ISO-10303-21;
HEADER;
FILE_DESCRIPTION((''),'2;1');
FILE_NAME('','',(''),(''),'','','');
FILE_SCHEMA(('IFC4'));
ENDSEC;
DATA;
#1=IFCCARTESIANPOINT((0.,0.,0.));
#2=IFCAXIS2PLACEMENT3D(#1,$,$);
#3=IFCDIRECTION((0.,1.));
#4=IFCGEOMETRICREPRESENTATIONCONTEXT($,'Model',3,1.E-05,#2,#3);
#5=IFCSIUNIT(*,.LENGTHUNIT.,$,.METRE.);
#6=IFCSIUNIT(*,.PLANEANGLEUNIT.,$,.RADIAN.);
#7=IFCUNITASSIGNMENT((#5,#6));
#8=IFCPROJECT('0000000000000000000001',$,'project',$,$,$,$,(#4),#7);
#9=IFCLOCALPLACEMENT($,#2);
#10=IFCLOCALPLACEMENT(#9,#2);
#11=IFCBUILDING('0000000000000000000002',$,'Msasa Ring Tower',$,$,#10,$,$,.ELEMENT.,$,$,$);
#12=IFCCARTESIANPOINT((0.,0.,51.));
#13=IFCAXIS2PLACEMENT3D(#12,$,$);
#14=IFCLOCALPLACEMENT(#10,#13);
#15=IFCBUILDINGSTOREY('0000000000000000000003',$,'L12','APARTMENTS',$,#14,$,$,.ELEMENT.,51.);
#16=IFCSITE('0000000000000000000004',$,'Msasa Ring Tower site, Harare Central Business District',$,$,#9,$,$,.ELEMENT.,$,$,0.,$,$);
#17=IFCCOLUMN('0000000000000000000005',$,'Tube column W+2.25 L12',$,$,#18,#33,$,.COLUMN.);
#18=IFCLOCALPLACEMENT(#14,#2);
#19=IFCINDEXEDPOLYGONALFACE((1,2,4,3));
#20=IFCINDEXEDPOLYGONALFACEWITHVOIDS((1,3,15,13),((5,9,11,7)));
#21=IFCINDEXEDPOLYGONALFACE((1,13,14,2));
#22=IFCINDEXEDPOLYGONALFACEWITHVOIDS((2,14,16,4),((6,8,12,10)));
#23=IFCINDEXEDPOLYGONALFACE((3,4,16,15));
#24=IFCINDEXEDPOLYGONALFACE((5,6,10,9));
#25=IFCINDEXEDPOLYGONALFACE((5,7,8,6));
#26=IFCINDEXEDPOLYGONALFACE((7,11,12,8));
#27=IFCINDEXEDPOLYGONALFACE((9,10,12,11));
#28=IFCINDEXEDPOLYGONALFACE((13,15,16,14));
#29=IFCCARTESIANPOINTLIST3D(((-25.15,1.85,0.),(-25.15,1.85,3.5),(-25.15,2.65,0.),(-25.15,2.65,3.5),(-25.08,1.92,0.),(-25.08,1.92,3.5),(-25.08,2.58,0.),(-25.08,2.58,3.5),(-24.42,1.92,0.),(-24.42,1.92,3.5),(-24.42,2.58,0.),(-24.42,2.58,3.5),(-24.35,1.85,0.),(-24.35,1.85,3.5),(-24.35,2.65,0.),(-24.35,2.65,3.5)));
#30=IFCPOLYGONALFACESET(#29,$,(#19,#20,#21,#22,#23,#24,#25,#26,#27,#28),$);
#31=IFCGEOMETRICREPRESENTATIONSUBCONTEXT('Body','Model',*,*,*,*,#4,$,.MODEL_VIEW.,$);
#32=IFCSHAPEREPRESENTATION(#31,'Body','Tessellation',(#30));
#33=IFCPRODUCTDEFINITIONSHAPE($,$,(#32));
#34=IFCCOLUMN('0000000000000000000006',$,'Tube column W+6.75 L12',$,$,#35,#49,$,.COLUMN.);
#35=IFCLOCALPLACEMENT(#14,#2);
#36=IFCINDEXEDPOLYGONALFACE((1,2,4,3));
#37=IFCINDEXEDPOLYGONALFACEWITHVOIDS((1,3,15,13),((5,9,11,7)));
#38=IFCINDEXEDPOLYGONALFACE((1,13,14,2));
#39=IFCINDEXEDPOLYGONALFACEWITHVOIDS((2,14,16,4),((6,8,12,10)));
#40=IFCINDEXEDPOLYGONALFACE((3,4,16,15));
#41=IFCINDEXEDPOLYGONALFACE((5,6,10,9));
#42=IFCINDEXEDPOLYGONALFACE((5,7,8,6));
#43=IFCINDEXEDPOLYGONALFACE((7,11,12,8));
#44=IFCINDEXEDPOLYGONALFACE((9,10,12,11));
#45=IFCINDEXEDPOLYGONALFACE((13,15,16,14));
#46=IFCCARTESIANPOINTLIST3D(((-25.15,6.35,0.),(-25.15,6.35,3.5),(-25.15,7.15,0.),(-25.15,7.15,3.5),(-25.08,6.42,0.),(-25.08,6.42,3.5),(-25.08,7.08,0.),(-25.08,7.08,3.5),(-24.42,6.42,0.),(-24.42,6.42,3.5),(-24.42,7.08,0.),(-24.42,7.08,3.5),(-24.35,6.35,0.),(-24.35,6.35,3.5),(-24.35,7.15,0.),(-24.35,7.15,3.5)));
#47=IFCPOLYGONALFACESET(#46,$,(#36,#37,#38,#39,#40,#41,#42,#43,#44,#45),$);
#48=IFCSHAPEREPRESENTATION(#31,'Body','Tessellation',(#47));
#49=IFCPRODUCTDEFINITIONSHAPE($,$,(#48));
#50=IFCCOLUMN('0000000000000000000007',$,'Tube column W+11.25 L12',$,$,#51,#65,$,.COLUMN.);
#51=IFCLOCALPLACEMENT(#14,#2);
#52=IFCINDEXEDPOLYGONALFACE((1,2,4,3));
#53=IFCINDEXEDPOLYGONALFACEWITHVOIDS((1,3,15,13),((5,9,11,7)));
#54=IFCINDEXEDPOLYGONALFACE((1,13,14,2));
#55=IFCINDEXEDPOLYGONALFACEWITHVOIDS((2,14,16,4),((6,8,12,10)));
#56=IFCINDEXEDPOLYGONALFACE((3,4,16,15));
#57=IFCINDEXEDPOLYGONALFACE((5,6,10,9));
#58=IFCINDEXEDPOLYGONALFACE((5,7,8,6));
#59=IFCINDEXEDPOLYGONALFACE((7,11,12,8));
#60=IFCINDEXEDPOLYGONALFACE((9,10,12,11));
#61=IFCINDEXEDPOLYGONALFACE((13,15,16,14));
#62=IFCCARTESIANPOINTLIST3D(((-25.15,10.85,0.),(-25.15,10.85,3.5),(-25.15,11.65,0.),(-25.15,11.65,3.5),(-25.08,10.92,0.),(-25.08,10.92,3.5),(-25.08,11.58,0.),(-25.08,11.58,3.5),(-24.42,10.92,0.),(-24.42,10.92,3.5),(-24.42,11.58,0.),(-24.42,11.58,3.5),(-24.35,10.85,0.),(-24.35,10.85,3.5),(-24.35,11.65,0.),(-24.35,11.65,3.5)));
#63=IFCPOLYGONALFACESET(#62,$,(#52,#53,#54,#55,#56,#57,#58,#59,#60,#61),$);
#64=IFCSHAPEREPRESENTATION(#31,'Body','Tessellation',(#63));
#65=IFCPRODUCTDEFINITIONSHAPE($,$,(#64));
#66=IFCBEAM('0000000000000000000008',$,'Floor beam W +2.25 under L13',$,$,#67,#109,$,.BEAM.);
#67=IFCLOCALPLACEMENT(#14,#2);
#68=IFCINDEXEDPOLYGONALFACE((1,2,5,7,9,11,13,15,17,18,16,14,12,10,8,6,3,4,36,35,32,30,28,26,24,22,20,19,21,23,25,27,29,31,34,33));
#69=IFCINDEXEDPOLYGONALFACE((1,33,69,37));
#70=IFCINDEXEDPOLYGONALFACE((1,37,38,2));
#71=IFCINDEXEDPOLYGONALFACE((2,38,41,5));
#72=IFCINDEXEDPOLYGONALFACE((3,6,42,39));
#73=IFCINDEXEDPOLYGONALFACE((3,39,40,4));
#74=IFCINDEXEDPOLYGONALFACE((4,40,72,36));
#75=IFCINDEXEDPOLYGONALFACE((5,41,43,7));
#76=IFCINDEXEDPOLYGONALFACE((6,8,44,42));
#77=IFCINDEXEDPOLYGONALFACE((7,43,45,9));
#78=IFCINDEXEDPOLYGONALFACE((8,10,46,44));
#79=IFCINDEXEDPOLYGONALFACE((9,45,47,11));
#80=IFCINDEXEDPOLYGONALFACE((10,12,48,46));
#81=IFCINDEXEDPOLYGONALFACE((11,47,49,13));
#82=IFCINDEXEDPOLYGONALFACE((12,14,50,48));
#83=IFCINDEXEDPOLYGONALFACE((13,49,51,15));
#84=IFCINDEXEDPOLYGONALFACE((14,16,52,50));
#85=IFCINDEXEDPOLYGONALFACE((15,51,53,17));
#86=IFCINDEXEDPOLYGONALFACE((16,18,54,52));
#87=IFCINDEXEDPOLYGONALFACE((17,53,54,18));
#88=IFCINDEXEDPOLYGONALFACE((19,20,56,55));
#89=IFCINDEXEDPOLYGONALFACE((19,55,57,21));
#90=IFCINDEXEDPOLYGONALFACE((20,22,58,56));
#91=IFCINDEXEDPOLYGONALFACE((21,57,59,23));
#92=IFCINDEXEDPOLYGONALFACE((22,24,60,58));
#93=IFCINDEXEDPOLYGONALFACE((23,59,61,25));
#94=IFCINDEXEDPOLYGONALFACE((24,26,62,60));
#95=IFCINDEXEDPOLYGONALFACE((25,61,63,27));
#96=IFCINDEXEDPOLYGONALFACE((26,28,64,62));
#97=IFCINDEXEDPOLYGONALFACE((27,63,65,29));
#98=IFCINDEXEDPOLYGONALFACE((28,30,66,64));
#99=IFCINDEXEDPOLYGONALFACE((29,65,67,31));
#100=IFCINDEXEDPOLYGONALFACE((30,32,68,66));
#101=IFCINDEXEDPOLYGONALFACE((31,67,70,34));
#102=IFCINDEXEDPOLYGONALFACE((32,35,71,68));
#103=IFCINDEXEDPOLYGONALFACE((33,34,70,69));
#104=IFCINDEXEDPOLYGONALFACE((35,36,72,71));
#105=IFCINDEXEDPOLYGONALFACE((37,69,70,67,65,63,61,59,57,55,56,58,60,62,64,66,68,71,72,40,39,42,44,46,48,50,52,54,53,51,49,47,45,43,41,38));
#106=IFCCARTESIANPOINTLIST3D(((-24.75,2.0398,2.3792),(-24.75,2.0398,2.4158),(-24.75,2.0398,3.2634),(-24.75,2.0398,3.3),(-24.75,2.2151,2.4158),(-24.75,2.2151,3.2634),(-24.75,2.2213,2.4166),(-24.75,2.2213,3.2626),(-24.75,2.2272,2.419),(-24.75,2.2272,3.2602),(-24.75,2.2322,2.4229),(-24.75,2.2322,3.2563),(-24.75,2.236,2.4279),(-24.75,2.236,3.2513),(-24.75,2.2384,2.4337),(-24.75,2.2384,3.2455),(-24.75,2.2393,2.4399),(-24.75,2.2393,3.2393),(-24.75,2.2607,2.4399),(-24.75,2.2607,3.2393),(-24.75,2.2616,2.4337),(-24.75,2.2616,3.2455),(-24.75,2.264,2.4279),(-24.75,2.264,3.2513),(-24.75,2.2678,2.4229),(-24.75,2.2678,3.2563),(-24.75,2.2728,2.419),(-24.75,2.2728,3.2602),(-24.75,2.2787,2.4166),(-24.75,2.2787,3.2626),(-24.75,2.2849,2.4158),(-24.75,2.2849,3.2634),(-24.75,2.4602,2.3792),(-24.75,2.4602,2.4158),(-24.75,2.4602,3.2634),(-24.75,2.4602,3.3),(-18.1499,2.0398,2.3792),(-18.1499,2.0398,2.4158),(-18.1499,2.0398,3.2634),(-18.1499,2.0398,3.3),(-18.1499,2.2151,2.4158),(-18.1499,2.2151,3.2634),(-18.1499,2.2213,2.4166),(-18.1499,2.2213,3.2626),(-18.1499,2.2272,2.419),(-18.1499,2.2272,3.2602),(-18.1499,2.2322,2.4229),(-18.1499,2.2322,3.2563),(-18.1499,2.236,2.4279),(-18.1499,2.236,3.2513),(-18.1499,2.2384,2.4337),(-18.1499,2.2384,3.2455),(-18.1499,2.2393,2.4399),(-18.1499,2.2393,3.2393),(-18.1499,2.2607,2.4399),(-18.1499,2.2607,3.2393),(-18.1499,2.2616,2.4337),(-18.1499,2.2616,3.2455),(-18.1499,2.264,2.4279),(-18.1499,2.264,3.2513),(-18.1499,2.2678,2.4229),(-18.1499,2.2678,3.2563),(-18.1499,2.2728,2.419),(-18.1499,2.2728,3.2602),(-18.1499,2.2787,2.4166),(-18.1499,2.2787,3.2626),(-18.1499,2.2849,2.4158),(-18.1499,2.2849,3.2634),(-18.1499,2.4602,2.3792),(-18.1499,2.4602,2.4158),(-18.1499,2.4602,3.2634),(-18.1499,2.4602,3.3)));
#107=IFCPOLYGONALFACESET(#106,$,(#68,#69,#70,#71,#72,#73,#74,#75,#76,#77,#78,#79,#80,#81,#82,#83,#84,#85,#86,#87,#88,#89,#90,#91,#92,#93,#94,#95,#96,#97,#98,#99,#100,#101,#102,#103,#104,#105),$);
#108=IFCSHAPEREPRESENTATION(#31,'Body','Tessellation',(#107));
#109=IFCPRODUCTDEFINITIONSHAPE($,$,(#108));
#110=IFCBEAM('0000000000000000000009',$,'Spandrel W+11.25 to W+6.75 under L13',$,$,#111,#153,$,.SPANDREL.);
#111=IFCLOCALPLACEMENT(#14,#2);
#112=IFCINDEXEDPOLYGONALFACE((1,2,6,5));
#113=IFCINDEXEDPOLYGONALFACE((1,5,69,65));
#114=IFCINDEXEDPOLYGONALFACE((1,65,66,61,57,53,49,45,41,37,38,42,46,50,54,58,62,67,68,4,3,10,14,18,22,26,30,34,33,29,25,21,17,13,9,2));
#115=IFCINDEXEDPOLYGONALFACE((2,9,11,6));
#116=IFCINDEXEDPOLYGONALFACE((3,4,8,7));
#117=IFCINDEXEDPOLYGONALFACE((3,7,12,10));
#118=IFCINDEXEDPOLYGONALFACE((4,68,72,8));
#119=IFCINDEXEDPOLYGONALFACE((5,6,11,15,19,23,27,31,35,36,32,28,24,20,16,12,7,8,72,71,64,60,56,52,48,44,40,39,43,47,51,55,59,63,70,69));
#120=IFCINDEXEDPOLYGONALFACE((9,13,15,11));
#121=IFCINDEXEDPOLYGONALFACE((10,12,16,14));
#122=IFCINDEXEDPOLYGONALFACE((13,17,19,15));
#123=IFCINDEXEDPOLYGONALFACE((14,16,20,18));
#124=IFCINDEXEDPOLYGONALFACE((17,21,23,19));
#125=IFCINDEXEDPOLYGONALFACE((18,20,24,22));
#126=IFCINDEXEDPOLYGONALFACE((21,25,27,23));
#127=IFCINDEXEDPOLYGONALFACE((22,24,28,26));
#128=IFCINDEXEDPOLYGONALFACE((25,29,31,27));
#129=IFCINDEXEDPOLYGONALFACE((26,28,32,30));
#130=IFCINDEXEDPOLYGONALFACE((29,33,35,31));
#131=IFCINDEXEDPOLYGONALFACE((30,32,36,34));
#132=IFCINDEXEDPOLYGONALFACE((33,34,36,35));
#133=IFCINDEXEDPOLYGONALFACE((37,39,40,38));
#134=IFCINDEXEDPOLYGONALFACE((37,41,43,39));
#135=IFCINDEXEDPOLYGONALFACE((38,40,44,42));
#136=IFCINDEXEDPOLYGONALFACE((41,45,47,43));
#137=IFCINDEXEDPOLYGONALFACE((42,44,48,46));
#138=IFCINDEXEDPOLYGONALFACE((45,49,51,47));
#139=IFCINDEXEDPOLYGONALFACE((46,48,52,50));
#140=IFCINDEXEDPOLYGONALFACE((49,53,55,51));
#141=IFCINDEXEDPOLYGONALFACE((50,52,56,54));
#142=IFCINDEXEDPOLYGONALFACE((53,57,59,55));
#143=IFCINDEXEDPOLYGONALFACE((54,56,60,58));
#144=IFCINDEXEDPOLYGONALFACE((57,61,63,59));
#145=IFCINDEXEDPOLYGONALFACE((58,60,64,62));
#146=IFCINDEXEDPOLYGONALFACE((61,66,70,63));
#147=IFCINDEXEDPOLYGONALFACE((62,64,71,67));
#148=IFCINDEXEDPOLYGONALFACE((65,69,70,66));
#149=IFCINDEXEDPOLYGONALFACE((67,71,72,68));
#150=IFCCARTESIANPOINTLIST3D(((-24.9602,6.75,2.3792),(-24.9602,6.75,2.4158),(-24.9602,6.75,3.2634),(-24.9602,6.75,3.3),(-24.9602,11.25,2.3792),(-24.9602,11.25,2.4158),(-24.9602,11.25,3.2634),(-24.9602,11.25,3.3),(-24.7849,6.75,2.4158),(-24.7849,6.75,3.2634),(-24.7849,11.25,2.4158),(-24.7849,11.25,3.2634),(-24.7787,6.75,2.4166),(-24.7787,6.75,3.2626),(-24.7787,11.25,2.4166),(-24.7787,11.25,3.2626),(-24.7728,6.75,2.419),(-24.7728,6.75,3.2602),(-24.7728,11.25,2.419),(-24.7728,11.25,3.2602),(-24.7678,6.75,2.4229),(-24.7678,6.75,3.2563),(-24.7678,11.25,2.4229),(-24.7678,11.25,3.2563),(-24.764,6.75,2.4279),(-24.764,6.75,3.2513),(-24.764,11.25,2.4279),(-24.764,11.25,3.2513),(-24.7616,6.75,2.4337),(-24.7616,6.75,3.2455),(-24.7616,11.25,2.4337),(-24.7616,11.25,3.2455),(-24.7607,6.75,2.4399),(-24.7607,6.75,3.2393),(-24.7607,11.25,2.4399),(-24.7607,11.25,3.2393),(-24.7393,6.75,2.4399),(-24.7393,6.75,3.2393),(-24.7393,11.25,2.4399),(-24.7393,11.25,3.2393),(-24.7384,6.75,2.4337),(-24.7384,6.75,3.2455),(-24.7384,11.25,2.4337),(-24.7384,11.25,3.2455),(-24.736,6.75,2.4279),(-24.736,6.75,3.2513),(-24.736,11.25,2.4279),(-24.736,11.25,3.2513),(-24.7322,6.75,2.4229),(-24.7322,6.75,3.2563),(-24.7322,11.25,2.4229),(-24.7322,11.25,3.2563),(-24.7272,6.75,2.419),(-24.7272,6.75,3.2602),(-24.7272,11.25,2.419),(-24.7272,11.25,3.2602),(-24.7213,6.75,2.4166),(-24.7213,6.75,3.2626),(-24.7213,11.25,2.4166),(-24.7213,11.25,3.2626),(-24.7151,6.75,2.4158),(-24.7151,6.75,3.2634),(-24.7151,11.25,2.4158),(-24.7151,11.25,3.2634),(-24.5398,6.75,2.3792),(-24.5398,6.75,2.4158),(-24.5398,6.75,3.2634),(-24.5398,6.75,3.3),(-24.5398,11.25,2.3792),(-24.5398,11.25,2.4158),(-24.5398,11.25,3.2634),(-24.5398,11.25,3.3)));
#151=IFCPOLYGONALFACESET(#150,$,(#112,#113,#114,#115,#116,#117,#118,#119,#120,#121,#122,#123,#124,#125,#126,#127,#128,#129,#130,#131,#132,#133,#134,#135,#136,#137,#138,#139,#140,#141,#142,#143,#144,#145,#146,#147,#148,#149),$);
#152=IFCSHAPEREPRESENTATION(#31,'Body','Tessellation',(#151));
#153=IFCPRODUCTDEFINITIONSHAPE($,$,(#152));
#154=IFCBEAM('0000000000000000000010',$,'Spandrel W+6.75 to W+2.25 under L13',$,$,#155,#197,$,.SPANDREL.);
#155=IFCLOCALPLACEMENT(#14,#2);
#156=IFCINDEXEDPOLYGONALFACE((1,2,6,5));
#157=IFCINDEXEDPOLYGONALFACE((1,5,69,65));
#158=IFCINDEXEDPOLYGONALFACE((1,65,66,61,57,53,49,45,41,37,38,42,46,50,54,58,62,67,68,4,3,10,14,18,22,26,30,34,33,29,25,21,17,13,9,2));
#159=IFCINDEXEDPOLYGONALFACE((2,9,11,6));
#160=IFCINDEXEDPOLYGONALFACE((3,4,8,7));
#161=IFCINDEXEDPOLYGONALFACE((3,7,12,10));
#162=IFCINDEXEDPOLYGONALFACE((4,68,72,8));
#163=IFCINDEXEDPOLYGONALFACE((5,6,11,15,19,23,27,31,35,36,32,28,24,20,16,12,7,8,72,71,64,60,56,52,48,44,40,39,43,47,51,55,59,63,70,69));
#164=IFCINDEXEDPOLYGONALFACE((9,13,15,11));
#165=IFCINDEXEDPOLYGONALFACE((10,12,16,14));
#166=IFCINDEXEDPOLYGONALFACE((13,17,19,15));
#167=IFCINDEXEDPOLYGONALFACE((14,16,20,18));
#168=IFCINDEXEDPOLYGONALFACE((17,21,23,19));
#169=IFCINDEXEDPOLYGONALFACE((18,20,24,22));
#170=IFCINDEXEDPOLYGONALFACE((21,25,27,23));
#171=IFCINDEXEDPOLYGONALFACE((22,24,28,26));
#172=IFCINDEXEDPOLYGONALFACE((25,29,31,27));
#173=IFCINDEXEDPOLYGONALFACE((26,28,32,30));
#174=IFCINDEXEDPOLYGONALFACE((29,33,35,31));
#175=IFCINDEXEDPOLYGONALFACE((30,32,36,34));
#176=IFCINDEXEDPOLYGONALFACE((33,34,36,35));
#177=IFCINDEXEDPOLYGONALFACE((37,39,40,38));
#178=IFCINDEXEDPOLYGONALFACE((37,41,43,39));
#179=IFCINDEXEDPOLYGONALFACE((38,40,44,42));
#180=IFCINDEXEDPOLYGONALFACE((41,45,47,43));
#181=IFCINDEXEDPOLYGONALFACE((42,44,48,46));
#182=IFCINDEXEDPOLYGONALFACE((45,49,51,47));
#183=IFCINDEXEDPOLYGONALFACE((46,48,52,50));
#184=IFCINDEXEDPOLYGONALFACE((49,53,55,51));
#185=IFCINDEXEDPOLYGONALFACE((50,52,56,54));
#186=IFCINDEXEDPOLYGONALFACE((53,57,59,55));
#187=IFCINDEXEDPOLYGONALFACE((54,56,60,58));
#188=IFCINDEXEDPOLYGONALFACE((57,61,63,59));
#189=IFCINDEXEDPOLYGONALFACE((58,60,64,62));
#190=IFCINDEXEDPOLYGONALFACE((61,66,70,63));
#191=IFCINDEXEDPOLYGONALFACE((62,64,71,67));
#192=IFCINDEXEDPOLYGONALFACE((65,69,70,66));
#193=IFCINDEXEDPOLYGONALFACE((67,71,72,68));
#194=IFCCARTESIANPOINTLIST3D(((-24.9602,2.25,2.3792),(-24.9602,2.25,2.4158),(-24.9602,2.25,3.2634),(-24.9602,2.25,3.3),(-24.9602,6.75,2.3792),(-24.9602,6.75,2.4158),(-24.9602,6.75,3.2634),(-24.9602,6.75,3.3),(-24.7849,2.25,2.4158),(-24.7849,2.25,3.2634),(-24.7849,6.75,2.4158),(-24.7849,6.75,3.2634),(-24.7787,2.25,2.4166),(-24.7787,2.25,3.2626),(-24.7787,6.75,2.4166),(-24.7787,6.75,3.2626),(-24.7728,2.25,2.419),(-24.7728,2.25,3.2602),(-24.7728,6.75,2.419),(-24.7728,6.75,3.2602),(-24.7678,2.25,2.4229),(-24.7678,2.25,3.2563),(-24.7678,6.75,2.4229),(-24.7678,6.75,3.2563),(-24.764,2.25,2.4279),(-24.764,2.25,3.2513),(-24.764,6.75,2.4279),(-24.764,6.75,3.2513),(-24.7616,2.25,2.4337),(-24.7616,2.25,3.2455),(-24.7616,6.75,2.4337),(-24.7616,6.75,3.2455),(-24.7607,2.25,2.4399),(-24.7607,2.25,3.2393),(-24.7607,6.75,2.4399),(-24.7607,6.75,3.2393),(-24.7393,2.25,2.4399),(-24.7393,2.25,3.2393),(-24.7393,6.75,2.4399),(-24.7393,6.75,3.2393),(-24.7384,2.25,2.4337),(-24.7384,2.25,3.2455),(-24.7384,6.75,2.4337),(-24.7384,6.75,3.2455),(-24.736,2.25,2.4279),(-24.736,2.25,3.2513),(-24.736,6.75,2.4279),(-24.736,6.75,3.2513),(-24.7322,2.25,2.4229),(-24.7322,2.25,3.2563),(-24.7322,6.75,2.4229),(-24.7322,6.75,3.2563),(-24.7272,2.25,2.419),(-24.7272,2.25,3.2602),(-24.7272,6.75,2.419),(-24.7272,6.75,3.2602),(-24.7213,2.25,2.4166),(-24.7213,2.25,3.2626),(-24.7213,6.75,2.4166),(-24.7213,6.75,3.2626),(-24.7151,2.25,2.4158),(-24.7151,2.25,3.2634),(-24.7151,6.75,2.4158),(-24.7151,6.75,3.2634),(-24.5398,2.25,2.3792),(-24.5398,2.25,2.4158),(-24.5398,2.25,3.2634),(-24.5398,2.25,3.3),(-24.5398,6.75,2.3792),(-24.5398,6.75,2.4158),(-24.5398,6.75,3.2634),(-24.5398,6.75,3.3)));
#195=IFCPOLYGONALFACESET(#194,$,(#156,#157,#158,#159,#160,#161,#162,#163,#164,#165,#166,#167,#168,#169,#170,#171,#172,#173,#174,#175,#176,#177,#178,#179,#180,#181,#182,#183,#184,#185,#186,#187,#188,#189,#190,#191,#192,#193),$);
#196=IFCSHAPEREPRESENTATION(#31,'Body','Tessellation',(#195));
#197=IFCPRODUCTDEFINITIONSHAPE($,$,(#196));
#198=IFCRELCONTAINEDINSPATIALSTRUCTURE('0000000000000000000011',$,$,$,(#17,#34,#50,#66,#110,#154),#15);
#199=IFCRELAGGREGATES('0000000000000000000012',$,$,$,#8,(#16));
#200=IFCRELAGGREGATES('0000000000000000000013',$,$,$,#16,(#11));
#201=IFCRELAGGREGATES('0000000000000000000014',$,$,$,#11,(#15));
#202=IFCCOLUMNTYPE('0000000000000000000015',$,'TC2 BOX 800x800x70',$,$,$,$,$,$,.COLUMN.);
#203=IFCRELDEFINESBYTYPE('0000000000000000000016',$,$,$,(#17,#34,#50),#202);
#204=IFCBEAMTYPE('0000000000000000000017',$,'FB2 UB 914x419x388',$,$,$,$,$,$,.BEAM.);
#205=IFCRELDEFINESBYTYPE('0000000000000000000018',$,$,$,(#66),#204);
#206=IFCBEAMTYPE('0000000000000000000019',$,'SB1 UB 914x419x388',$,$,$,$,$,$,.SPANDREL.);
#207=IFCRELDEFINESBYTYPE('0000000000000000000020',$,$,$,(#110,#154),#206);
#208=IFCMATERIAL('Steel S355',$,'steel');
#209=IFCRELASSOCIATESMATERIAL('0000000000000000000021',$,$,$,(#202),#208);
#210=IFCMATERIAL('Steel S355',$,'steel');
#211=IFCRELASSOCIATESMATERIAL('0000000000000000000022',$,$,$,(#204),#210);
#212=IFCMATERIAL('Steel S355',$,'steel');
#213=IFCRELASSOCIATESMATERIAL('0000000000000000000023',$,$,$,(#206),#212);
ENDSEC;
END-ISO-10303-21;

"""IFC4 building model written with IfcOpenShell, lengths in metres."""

from ifc_helpers import new_model, si_unit, direction, frame, origin, origin_2d, place, context, subcontext, project, spatial, hollow_rectangle, i_section, extrude, material, material_profile, profile_set, type_object, element, save


model = new_model("IFC4")

# Units and contexts
model_context = context("Model", 3, precision=1e-05, world=origin(), true_north=direction((0.0, 1.0)))
body_context = subcontext(model_context, "Body", "Model", "MODEL_VIEW")
ifc_project = project(units=[si_unit("LENGTHUNIT", "METRE"), si_unit("PLANEANGLEUNIT", "RADIAN")], contexts=[model_context])

# Site, building, storey
site_placement = place(None, origin())
site = spatial("IfcSite", under=ifc_project, at=site_placement, Name="Msasa Ring Tower site, Harare Central Business District", CompositionType="ELEMENT", RefElevation=0.0)
building_placement = place(site_placement, origin())
building = spatial("IfcBuilding", under=site, at=building_placement, Name="Msasa Ring Tower", CompositionType="ELEMENT")
storey_placement = place(building_placement, frame((0.0, 0.0, 51.0)))
storey = spatial("IfcBuildingStorey", under=building, at=storey_placement, Name="L12", Description="APARTMENTS", CompositionType="ELEMENT", Elevation=51.0)

# Columns
ifc_material_1 = material(Name="Steel S355", Category="steel")
ifc_material_profile_1 = material_profile(ifc_material_1, hollow_rectangle(XDim=0.8, YDim=0.8, WallThickness=0.0701, at=origin_2d()), Name="BOX 800x800x70")
ifc_profile_set_1 = profile_set([ifc_material_profile_1], Name="Steel S355")
column_type = type_object("IfcColumnType", Name="TC2 BOX 800x800x70", PredefinedType="COLUMN", material=ifc_profile_set_1)
for number, where, z_axis, x_axis, name in (
    (1, (-24.75, 2.25, 0.0), (0.0, 0.0, 1.0), (1.0, 0.0, 0.0), "Tube column W+2.25 L12"),
    (2, (-24.75, 6.75, 0.0), (0.0, 0.0, 1.0), (1.0, 0.0, 0.0), "Tube column W+6.75 L12"),
    (3, (-24.75, 11.25, 0.0), (0.0, 0.0, 1.0), (1.0, 0.0, 0.0), "Tube column W+11.25 L12"),
):
    element("IfcColumn", number, at=place(storey_placement, frame(where, z_axis=z_axis, x_axis=x_axis)), inside=storey, type_object=column_type, Name=name, PredefinedType="COLUMN", context=body_context, shape_type="SweptSolid", body=[
        extrude(hollow_rectangle(XDim=0.8, YDim=0.8, WallThickness=0.0701, at=origin_2d()), origin(), (0.0, 0.0, 1.0), 3.5),
    ])

# Beams
ifc_material_2 = material(Name="Steel S355", Category="steel")
ifc_material_profile_2 = material_profile(ifc_material_2, i_section(OverallWidth=0.4204, OverallDepth=0.9209, WebThickness=0.0215, FlangeThickness=0.0366, FilletRadius=0.0242, at=origin_2d()), Name="UB 914x419x388")
ifc_profile_set_2 = profile_set([ifc_material_profile_2], Name="Steel S355")
beam_type_1 = type_object("IfcBeamType", Name="FB2 UB 914x419x388", PredefinedType="BEAM", material=ifc_profile_set_2)
beam_placement = place(storey_placement, frame((-24.75, 2.25, 2.8396), z_axis=(1.0, 0.0, 0.0), x_axis=(0.0, 1.0, 0.0)))
element("IfcBeam", 4, at=beam_placement, inside=storey, type_object=beam_type_1, Name="Floor beam W +2.25 under L13", PredefinedType="BEAM", context=body_context, shape_type="SweptSolid", body=[
    extrude(i_section(OverallWidth=0.4204, OverallDepth=0.9209, WebThickness=0.0215, FlangeThickness=0.0366, FilletRadius=0.0242, at=origin_2d()), origin(), (0.0, 0.0, 1.0), 6.6001),
])
ifc_material_3 = material(Name="Steel S355", Category="steel")
ifc_material_profile_3 = material_profile(ifc_material_3, i_section(OverallWidth=0.4204, OverallDepth=0.9209, WebThickness=0.0215, FlangeThickness=0.0366, FilletRadius=0.0242, at=origin_2d()), Name="UB 914x419x388")
ifc_profile_set_3 = profile_set([ifc_material_profile_3], Name="Steel S355")
beam_type_2 = type_object("IfcBeamType", Name="SB1 UB 914x419x388", PredefinedType="SPANDREL", material=ifc_profile_set_3)
for number, where, z_axis, x_axis, name in (
    (5, (-24.75, 11.25, 2.8396), (0.0, -1.0, 0.0), (1.0, 0.0, 0.0), "Spandrel W+11.25 to W+6.75 under L13"),
    (6, (-24.75, 6.75, 2.8396), (0.0, -1.0, 0.0), (1.0, 0.0, 0.0), "Spandrel W+6.75 to W+2.25 under L13"),
):
    element("IfcBeam", number, at=place(storey_placement, frame(where, z_axis=z_axis, x_axis=x_axis)), inside=storey, type_object=beam_type_2, Name=name, PredefinedType="SPANDREL", context=body_context, shape_type="SweptSolid", body=[
        extrude(i_section(OverallWidth=0.4204, OverallDepth=0.9209, WebThickness=0.0215, FlangeThickness=0.0366, FilletRadius=0.0242, at=origin_2d()), origin(), (0.0, 0.0, 1.0), 4.5),
    ])

save(model, "model.ifc")
